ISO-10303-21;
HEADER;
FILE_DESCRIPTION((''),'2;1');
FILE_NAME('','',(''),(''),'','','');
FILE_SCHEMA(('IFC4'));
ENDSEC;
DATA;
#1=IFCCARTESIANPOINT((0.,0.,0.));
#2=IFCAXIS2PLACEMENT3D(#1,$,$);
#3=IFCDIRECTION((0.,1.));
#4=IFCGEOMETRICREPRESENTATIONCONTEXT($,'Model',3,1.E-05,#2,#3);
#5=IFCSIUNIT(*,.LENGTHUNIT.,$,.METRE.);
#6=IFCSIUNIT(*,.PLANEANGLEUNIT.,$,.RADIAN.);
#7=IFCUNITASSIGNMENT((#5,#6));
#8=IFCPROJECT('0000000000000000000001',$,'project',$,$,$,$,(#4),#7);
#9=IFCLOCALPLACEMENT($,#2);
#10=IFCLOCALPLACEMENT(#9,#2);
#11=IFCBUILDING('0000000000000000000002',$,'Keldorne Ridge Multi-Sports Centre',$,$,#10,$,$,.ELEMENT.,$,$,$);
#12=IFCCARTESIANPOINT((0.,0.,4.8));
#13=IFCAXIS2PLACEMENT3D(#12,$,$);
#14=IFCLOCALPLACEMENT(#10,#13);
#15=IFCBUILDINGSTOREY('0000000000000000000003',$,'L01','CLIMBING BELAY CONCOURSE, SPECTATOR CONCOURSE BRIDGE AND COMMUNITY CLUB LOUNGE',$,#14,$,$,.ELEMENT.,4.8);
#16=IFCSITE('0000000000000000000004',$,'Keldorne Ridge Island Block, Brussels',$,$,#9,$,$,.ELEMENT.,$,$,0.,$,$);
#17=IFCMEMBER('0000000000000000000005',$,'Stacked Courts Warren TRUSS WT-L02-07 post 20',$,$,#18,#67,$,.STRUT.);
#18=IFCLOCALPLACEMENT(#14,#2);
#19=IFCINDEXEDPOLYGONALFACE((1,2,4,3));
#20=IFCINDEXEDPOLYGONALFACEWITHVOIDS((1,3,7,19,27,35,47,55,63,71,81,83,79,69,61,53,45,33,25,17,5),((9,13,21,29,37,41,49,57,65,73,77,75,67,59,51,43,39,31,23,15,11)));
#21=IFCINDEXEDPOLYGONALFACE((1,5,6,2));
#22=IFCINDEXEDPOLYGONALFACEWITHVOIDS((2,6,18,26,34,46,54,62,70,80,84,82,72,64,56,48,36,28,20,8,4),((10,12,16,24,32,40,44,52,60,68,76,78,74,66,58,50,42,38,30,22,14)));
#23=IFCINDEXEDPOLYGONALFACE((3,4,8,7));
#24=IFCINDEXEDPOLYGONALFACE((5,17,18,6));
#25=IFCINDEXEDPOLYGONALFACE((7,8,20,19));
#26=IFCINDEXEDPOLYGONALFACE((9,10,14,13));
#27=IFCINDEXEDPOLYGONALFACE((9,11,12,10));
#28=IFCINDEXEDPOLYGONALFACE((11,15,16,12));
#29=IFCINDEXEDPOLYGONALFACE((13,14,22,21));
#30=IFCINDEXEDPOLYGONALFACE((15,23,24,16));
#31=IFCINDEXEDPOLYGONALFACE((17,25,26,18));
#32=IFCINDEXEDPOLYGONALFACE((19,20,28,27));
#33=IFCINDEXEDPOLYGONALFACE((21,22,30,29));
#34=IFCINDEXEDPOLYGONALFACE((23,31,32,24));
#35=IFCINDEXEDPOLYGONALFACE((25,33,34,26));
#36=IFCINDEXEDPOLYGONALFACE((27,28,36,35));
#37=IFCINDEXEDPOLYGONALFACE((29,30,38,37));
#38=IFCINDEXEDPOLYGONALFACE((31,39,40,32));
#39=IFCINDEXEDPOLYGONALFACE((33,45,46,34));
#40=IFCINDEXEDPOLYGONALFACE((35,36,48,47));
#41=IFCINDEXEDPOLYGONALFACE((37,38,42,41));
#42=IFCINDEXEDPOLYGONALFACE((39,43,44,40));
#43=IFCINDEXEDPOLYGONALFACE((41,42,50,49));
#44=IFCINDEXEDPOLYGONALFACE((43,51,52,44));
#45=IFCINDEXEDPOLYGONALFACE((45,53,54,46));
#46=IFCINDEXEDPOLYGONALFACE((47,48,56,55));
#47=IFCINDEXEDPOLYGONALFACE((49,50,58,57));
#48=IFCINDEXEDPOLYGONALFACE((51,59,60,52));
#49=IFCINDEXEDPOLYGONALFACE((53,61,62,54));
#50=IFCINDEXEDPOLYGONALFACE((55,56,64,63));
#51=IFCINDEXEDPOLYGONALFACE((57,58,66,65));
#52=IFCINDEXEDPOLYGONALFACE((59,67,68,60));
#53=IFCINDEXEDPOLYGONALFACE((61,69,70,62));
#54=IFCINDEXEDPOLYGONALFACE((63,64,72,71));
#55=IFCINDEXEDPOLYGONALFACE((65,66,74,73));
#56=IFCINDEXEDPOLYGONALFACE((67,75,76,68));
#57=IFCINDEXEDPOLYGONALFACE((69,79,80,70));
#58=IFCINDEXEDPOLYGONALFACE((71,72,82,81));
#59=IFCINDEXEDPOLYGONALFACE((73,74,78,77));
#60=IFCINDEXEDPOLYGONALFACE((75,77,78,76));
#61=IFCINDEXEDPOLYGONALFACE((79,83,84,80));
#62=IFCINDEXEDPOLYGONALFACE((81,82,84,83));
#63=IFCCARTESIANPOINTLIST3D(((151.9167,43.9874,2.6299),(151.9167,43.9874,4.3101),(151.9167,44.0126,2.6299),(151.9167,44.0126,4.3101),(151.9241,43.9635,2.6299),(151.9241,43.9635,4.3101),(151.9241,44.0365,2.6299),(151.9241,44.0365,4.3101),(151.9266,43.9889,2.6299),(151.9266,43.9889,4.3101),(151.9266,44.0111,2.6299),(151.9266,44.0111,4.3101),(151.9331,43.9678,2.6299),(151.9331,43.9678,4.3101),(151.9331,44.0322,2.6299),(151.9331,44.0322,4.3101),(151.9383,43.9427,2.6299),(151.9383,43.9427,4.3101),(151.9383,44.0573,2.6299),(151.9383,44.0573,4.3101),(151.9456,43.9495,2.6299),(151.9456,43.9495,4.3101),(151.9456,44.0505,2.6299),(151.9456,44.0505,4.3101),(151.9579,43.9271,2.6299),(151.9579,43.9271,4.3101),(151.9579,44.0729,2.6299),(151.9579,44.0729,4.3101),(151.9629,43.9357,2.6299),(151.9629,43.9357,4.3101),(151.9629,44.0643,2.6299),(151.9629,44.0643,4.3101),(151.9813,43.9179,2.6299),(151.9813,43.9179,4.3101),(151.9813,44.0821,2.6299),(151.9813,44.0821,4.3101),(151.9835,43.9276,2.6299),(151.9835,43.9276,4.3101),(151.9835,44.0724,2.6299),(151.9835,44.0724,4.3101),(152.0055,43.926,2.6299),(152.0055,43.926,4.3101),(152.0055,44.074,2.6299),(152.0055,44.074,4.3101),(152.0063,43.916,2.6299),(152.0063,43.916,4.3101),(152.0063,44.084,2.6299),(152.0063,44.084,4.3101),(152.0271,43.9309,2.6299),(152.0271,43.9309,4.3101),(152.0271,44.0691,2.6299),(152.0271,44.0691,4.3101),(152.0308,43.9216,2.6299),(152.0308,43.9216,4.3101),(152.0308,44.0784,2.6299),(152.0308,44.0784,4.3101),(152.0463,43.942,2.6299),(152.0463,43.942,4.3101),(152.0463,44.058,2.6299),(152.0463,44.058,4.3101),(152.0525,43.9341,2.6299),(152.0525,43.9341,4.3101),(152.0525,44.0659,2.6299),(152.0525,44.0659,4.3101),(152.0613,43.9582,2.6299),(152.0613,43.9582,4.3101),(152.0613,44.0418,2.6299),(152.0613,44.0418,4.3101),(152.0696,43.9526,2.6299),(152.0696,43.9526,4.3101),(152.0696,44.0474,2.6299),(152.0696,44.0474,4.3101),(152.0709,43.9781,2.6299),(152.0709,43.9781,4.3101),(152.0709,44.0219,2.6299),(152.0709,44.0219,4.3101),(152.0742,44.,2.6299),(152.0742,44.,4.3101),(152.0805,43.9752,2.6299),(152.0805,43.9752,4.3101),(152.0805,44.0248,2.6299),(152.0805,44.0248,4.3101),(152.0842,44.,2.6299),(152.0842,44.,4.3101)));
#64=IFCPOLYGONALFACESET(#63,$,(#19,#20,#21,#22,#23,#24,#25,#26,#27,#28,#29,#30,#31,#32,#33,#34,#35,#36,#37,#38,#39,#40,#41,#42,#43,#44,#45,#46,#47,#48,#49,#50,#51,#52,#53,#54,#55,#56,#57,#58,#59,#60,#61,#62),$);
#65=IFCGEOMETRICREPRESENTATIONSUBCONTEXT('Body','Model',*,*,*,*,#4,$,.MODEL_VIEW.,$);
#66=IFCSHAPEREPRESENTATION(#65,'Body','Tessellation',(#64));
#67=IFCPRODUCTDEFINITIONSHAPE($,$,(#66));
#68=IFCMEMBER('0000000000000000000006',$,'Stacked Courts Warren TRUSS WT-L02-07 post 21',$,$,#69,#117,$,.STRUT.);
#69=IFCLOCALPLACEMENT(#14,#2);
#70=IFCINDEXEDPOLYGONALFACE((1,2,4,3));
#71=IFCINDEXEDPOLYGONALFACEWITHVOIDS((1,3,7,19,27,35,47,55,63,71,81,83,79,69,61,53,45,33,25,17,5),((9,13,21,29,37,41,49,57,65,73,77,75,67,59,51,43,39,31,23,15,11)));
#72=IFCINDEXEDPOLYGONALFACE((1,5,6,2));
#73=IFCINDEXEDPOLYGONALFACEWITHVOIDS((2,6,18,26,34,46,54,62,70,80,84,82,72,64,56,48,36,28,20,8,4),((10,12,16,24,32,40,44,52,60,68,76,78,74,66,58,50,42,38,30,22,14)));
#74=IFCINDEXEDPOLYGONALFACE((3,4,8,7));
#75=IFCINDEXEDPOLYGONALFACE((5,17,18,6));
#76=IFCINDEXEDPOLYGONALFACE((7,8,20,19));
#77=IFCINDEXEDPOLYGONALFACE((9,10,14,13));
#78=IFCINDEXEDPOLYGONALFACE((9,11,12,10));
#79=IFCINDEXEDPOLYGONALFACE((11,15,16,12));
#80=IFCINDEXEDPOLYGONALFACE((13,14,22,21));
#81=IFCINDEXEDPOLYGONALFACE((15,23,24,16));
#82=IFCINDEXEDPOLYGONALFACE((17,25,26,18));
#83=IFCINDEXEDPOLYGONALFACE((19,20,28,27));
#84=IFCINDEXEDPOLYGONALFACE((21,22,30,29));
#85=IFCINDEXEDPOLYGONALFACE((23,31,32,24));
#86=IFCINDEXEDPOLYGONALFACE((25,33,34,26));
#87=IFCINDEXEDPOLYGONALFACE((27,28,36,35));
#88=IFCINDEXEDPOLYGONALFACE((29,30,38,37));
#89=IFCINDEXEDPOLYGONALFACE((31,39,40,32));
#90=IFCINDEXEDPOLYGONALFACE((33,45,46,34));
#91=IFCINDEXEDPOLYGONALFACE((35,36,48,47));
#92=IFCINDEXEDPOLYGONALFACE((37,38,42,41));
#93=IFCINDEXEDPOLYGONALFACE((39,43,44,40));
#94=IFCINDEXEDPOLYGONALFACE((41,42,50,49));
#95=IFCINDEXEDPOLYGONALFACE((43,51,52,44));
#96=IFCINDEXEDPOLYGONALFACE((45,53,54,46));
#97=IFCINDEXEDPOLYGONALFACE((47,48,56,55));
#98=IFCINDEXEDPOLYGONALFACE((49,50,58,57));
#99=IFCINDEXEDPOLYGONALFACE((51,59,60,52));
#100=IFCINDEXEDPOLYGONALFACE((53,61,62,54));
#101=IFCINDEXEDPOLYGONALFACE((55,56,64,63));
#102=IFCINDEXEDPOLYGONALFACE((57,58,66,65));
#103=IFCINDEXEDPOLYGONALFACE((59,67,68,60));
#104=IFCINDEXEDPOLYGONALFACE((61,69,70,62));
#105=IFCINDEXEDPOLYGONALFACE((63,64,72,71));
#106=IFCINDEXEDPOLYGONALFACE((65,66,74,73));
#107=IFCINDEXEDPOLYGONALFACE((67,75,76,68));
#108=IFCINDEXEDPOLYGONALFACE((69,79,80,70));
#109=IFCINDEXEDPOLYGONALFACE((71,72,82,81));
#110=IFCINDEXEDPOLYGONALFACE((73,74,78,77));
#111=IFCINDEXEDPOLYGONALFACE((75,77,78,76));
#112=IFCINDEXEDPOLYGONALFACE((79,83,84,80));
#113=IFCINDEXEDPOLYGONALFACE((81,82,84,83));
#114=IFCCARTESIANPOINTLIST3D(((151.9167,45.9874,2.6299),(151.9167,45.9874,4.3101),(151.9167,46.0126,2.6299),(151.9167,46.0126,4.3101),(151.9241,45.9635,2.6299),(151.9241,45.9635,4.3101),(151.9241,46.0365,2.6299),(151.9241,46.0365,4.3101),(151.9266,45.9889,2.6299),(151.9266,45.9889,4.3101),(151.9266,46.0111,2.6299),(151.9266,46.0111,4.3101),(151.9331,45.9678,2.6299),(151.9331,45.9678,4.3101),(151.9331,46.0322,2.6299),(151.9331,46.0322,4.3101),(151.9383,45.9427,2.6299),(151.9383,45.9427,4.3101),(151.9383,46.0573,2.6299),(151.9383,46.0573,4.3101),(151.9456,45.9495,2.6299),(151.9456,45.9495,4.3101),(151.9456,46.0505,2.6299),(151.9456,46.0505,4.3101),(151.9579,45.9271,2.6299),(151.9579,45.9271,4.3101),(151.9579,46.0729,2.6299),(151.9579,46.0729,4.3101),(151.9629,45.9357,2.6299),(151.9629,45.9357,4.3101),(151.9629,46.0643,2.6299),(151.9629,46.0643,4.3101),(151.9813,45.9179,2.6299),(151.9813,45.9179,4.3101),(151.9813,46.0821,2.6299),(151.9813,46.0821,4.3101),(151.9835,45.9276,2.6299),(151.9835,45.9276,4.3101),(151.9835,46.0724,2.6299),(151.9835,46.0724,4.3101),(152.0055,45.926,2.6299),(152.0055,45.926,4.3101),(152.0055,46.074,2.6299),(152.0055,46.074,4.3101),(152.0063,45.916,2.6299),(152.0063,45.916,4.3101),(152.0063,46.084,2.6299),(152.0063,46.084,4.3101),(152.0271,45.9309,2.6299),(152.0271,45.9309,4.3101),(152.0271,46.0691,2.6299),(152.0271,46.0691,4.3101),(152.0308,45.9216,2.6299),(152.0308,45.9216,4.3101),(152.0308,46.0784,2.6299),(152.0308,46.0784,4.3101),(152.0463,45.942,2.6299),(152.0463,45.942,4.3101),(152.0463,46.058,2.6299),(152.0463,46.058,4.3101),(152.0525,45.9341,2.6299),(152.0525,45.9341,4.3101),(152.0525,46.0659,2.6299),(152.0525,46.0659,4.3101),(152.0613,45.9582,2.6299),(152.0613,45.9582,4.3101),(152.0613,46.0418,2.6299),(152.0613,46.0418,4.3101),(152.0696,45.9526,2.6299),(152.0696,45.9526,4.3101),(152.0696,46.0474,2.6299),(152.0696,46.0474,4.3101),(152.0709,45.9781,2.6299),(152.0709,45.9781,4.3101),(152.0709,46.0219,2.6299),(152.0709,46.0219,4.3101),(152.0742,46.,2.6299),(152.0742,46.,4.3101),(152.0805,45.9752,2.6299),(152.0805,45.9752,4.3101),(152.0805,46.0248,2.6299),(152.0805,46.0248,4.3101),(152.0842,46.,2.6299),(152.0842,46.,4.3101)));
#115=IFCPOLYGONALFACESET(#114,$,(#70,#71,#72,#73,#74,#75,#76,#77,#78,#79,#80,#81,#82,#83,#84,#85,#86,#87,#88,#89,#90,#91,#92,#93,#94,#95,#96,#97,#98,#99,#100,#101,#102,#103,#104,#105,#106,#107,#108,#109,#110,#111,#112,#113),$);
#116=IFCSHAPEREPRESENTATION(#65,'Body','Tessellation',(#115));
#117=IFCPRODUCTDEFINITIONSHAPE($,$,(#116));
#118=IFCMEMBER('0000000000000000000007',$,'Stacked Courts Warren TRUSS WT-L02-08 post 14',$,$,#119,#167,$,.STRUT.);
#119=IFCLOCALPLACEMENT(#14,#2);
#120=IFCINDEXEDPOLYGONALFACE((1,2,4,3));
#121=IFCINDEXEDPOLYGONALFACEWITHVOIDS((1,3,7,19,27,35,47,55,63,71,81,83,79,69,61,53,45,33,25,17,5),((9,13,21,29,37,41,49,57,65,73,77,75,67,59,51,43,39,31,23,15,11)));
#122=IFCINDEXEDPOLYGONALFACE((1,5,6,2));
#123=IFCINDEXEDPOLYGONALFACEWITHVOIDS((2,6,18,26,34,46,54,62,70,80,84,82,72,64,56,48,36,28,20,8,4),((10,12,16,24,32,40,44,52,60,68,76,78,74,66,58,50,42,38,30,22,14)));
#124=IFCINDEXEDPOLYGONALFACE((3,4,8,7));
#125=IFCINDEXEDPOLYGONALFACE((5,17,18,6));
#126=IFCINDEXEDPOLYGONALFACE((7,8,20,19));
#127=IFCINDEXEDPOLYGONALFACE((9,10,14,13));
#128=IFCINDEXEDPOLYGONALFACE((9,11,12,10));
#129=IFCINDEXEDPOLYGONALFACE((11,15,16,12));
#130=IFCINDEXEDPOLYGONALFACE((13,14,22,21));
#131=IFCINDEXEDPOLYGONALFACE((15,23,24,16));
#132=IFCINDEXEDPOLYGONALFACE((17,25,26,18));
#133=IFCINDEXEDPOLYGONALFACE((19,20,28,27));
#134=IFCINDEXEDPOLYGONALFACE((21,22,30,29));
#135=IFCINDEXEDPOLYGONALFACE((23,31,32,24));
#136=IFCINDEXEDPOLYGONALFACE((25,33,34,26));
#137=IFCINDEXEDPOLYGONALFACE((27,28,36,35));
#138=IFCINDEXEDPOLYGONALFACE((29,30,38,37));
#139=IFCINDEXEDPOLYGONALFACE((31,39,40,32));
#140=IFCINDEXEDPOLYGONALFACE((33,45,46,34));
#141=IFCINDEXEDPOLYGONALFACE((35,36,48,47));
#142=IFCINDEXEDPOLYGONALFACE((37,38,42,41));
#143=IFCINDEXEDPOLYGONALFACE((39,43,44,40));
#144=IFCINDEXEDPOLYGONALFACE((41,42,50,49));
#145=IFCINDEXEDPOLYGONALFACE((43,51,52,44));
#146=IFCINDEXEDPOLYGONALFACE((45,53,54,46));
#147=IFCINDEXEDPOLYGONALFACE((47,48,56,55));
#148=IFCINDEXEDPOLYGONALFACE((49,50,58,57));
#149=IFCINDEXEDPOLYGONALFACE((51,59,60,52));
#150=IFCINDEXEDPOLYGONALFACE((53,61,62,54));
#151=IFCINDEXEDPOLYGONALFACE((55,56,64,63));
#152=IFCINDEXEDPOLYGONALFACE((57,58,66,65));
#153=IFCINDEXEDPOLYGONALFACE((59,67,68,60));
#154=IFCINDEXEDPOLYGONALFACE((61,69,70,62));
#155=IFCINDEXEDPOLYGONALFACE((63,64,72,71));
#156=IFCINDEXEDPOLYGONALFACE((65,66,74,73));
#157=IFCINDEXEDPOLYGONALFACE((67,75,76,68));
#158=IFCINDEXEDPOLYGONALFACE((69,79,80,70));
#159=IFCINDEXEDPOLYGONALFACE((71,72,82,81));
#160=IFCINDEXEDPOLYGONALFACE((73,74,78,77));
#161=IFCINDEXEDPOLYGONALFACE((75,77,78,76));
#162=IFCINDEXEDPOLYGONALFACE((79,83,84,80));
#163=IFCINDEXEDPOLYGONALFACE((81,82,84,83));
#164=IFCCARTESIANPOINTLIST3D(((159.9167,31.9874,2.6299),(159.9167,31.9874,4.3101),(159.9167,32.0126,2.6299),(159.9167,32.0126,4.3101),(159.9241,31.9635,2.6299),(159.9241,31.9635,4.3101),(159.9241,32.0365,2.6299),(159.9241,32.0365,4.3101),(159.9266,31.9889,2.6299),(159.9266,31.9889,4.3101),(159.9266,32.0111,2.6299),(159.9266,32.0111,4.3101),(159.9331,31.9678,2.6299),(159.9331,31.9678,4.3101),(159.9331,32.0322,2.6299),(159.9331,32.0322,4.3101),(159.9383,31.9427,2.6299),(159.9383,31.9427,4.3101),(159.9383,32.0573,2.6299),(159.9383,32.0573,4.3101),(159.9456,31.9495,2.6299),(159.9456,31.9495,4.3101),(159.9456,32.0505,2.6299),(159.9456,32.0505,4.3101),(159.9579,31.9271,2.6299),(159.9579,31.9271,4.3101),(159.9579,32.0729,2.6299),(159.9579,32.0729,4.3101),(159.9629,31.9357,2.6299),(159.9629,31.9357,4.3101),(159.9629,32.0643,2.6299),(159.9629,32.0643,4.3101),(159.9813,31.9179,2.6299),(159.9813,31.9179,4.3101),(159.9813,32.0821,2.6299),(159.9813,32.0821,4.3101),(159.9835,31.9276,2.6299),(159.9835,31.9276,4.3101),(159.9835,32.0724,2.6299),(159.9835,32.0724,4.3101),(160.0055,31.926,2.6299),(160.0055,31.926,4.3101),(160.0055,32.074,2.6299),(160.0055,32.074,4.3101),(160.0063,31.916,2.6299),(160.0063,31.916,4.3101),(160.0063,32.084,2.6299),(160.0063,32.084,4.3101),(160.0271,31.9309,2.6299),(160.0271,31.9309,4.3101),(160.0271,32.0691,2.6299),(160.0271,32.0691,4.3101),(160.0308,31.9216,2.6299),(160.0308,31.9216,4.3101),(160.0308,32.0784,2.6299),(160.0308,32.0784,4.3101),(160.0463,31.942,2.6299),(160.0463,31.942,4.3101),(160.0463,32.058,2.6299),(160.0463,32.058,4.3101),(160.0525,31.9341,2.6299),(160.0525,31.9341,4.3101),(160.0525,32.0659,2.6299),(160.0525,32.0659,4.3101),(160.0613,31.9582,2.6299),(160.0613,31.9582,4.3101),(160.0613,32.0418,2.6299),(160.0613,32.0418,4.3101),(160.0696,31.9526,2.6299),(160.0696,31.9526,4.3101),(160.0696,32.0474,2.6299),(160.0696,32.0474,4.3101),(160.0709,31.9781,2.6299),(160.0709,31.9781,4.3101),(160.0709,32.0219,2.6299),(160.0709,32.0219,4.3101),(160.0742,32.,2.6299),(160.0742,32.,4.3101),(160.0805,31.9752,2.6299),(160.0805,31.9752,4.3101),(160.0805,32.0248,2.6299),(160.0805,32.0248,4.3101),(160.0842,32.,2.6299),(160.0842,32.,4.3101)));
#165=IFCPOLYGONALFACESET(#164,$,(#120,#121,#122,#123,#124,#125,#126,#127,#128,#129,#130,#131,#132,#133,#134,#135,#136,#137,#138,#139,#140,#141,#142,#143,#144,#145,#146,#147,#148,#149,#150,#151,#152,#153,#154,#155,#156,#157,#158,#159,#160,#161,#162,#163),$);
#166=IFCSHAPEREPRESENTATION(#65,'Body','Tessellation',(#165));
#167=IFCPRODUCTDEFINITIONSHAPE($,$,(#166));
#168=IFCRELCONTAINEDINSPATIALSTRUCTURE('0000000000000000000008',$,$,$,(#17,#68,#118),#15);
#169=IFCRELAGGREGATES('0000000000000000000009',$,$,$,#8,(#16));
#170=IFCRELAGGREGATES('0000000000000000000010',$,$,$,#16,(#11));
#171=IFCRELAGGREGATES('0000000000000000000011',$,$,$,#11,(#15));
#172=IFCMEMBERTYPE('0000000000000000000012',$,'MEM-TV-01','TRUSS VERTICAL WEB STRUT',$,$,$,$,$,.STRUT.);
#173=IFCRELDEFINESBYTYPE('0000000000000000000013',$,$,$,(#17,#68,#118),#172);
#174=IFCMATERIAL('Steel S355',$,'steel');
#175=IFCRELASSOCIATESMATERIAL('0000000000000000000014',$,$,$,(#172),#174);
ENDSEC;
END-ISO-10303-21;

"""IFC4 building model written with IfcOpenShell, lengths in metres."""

from ifc_helpers import new_model, si_unit, direction, frame, origin, origin_2d, place, context, subcontext, project, spatial, hollow_circle, extrude, material, material_profile, profile_set, type_object, element, save


model = new_model("IFC4")

# Units and contexts
model_context = context("Model", 3, precision=1e-05, world=origin(), true_north=direction((0.0, 1.0)))
body_context = subcontext(model_context, "Body", "Model", "MODEL_VIEW")
ifc_project = project(units=[si_unit("LENGTHUNIT", "METRE"), si_unit("PLANEANGLEUNIT", "RADIAN")], contexts=[model_context])

# Site, building, storey
site_placement = place(None, origin())
site = spatial("IfcSite", under=ifc_project, at=site_placement, Name="Keldorne Ridge Island Block, Brussels", CompositionType="ELEMENT", RefElevation=0.0)
building_placement = place(site_placement, origin())
building = spatial("IfcBuilding", under=site, at=building_placement, Name="Keldorne Ridge Multi-Sports Centre", CompositionType="ELEMENT")
storey_placement = place(building_placement, frame((0.0, 0.0, 4.8)))
storey = spatial("IfcBuildingStorey", under=building, at=storey_placement, Name="L01", Description="CLIMBING BELAY CONCOURSE, SPECTATOR CONCOURSE BRIDGE AND COMMUNITY CLUB LOUNGE", CompositionType="ELEMENT", Elevation=4.8)

# Members
ifc_material = material(Name="Steel S355", Category="steel")
ifc_material_profile_1 = material_profile(ifc_material, hollow_circle(Radius=0.0842, WallThickness=0.01, at=origin_2d()), Name="CHS 168.3x10")
ifc_profile_set_1 = profile_set([ifc_material_profile_1], Name="Steel S355")
member_type_1 = type_object("IfcMemberType", Name="MEM-TV-01", Description="TRUSS VERTICAL WEB STRUT", PredefinedType="STRUT", material=ifc_profile_set_1)
for number, where, z_axis, x_axis, name in (
    (1, (152.0, 44.0, 2.6299), (0.0, 0.0, 1.0), (1.0, 0.0, 0.0), "Stacked Courts Warren TRUSS WT-L02-07 post 20"),
    (2, (152.0, 46.0, 2.6299), (0.0, 0.0, 1.0), (1.0, 0.0, 0.0), "Stacked Courts Warren TRUSS WT-L02-07 post 21"),
    (3, (160.0, 32.0, 2.6299), (0.0, 0.0, 1.0), (1.0, 0.0, 0.0), "Stacked Courts Warren TRUSS WT-L02-08 post 14"),
):
    element("IfcMember", number, at=place(storey_placement, frame(where, z_axis=z_axis, x_axis=x_axis)), inside=storey, type_object=member_type_1, Name=name, PredefinedType="STRUT", context=body_context, shape_type="SweptSolid", body=[
        extrude(hollow_circle(Radius=0.0842, WallThickness=0.01, at=origin_2d()), origin(), (0.0, 0.0, 1.0), 1.6802),
    ])

save(model, "model.ifc")
